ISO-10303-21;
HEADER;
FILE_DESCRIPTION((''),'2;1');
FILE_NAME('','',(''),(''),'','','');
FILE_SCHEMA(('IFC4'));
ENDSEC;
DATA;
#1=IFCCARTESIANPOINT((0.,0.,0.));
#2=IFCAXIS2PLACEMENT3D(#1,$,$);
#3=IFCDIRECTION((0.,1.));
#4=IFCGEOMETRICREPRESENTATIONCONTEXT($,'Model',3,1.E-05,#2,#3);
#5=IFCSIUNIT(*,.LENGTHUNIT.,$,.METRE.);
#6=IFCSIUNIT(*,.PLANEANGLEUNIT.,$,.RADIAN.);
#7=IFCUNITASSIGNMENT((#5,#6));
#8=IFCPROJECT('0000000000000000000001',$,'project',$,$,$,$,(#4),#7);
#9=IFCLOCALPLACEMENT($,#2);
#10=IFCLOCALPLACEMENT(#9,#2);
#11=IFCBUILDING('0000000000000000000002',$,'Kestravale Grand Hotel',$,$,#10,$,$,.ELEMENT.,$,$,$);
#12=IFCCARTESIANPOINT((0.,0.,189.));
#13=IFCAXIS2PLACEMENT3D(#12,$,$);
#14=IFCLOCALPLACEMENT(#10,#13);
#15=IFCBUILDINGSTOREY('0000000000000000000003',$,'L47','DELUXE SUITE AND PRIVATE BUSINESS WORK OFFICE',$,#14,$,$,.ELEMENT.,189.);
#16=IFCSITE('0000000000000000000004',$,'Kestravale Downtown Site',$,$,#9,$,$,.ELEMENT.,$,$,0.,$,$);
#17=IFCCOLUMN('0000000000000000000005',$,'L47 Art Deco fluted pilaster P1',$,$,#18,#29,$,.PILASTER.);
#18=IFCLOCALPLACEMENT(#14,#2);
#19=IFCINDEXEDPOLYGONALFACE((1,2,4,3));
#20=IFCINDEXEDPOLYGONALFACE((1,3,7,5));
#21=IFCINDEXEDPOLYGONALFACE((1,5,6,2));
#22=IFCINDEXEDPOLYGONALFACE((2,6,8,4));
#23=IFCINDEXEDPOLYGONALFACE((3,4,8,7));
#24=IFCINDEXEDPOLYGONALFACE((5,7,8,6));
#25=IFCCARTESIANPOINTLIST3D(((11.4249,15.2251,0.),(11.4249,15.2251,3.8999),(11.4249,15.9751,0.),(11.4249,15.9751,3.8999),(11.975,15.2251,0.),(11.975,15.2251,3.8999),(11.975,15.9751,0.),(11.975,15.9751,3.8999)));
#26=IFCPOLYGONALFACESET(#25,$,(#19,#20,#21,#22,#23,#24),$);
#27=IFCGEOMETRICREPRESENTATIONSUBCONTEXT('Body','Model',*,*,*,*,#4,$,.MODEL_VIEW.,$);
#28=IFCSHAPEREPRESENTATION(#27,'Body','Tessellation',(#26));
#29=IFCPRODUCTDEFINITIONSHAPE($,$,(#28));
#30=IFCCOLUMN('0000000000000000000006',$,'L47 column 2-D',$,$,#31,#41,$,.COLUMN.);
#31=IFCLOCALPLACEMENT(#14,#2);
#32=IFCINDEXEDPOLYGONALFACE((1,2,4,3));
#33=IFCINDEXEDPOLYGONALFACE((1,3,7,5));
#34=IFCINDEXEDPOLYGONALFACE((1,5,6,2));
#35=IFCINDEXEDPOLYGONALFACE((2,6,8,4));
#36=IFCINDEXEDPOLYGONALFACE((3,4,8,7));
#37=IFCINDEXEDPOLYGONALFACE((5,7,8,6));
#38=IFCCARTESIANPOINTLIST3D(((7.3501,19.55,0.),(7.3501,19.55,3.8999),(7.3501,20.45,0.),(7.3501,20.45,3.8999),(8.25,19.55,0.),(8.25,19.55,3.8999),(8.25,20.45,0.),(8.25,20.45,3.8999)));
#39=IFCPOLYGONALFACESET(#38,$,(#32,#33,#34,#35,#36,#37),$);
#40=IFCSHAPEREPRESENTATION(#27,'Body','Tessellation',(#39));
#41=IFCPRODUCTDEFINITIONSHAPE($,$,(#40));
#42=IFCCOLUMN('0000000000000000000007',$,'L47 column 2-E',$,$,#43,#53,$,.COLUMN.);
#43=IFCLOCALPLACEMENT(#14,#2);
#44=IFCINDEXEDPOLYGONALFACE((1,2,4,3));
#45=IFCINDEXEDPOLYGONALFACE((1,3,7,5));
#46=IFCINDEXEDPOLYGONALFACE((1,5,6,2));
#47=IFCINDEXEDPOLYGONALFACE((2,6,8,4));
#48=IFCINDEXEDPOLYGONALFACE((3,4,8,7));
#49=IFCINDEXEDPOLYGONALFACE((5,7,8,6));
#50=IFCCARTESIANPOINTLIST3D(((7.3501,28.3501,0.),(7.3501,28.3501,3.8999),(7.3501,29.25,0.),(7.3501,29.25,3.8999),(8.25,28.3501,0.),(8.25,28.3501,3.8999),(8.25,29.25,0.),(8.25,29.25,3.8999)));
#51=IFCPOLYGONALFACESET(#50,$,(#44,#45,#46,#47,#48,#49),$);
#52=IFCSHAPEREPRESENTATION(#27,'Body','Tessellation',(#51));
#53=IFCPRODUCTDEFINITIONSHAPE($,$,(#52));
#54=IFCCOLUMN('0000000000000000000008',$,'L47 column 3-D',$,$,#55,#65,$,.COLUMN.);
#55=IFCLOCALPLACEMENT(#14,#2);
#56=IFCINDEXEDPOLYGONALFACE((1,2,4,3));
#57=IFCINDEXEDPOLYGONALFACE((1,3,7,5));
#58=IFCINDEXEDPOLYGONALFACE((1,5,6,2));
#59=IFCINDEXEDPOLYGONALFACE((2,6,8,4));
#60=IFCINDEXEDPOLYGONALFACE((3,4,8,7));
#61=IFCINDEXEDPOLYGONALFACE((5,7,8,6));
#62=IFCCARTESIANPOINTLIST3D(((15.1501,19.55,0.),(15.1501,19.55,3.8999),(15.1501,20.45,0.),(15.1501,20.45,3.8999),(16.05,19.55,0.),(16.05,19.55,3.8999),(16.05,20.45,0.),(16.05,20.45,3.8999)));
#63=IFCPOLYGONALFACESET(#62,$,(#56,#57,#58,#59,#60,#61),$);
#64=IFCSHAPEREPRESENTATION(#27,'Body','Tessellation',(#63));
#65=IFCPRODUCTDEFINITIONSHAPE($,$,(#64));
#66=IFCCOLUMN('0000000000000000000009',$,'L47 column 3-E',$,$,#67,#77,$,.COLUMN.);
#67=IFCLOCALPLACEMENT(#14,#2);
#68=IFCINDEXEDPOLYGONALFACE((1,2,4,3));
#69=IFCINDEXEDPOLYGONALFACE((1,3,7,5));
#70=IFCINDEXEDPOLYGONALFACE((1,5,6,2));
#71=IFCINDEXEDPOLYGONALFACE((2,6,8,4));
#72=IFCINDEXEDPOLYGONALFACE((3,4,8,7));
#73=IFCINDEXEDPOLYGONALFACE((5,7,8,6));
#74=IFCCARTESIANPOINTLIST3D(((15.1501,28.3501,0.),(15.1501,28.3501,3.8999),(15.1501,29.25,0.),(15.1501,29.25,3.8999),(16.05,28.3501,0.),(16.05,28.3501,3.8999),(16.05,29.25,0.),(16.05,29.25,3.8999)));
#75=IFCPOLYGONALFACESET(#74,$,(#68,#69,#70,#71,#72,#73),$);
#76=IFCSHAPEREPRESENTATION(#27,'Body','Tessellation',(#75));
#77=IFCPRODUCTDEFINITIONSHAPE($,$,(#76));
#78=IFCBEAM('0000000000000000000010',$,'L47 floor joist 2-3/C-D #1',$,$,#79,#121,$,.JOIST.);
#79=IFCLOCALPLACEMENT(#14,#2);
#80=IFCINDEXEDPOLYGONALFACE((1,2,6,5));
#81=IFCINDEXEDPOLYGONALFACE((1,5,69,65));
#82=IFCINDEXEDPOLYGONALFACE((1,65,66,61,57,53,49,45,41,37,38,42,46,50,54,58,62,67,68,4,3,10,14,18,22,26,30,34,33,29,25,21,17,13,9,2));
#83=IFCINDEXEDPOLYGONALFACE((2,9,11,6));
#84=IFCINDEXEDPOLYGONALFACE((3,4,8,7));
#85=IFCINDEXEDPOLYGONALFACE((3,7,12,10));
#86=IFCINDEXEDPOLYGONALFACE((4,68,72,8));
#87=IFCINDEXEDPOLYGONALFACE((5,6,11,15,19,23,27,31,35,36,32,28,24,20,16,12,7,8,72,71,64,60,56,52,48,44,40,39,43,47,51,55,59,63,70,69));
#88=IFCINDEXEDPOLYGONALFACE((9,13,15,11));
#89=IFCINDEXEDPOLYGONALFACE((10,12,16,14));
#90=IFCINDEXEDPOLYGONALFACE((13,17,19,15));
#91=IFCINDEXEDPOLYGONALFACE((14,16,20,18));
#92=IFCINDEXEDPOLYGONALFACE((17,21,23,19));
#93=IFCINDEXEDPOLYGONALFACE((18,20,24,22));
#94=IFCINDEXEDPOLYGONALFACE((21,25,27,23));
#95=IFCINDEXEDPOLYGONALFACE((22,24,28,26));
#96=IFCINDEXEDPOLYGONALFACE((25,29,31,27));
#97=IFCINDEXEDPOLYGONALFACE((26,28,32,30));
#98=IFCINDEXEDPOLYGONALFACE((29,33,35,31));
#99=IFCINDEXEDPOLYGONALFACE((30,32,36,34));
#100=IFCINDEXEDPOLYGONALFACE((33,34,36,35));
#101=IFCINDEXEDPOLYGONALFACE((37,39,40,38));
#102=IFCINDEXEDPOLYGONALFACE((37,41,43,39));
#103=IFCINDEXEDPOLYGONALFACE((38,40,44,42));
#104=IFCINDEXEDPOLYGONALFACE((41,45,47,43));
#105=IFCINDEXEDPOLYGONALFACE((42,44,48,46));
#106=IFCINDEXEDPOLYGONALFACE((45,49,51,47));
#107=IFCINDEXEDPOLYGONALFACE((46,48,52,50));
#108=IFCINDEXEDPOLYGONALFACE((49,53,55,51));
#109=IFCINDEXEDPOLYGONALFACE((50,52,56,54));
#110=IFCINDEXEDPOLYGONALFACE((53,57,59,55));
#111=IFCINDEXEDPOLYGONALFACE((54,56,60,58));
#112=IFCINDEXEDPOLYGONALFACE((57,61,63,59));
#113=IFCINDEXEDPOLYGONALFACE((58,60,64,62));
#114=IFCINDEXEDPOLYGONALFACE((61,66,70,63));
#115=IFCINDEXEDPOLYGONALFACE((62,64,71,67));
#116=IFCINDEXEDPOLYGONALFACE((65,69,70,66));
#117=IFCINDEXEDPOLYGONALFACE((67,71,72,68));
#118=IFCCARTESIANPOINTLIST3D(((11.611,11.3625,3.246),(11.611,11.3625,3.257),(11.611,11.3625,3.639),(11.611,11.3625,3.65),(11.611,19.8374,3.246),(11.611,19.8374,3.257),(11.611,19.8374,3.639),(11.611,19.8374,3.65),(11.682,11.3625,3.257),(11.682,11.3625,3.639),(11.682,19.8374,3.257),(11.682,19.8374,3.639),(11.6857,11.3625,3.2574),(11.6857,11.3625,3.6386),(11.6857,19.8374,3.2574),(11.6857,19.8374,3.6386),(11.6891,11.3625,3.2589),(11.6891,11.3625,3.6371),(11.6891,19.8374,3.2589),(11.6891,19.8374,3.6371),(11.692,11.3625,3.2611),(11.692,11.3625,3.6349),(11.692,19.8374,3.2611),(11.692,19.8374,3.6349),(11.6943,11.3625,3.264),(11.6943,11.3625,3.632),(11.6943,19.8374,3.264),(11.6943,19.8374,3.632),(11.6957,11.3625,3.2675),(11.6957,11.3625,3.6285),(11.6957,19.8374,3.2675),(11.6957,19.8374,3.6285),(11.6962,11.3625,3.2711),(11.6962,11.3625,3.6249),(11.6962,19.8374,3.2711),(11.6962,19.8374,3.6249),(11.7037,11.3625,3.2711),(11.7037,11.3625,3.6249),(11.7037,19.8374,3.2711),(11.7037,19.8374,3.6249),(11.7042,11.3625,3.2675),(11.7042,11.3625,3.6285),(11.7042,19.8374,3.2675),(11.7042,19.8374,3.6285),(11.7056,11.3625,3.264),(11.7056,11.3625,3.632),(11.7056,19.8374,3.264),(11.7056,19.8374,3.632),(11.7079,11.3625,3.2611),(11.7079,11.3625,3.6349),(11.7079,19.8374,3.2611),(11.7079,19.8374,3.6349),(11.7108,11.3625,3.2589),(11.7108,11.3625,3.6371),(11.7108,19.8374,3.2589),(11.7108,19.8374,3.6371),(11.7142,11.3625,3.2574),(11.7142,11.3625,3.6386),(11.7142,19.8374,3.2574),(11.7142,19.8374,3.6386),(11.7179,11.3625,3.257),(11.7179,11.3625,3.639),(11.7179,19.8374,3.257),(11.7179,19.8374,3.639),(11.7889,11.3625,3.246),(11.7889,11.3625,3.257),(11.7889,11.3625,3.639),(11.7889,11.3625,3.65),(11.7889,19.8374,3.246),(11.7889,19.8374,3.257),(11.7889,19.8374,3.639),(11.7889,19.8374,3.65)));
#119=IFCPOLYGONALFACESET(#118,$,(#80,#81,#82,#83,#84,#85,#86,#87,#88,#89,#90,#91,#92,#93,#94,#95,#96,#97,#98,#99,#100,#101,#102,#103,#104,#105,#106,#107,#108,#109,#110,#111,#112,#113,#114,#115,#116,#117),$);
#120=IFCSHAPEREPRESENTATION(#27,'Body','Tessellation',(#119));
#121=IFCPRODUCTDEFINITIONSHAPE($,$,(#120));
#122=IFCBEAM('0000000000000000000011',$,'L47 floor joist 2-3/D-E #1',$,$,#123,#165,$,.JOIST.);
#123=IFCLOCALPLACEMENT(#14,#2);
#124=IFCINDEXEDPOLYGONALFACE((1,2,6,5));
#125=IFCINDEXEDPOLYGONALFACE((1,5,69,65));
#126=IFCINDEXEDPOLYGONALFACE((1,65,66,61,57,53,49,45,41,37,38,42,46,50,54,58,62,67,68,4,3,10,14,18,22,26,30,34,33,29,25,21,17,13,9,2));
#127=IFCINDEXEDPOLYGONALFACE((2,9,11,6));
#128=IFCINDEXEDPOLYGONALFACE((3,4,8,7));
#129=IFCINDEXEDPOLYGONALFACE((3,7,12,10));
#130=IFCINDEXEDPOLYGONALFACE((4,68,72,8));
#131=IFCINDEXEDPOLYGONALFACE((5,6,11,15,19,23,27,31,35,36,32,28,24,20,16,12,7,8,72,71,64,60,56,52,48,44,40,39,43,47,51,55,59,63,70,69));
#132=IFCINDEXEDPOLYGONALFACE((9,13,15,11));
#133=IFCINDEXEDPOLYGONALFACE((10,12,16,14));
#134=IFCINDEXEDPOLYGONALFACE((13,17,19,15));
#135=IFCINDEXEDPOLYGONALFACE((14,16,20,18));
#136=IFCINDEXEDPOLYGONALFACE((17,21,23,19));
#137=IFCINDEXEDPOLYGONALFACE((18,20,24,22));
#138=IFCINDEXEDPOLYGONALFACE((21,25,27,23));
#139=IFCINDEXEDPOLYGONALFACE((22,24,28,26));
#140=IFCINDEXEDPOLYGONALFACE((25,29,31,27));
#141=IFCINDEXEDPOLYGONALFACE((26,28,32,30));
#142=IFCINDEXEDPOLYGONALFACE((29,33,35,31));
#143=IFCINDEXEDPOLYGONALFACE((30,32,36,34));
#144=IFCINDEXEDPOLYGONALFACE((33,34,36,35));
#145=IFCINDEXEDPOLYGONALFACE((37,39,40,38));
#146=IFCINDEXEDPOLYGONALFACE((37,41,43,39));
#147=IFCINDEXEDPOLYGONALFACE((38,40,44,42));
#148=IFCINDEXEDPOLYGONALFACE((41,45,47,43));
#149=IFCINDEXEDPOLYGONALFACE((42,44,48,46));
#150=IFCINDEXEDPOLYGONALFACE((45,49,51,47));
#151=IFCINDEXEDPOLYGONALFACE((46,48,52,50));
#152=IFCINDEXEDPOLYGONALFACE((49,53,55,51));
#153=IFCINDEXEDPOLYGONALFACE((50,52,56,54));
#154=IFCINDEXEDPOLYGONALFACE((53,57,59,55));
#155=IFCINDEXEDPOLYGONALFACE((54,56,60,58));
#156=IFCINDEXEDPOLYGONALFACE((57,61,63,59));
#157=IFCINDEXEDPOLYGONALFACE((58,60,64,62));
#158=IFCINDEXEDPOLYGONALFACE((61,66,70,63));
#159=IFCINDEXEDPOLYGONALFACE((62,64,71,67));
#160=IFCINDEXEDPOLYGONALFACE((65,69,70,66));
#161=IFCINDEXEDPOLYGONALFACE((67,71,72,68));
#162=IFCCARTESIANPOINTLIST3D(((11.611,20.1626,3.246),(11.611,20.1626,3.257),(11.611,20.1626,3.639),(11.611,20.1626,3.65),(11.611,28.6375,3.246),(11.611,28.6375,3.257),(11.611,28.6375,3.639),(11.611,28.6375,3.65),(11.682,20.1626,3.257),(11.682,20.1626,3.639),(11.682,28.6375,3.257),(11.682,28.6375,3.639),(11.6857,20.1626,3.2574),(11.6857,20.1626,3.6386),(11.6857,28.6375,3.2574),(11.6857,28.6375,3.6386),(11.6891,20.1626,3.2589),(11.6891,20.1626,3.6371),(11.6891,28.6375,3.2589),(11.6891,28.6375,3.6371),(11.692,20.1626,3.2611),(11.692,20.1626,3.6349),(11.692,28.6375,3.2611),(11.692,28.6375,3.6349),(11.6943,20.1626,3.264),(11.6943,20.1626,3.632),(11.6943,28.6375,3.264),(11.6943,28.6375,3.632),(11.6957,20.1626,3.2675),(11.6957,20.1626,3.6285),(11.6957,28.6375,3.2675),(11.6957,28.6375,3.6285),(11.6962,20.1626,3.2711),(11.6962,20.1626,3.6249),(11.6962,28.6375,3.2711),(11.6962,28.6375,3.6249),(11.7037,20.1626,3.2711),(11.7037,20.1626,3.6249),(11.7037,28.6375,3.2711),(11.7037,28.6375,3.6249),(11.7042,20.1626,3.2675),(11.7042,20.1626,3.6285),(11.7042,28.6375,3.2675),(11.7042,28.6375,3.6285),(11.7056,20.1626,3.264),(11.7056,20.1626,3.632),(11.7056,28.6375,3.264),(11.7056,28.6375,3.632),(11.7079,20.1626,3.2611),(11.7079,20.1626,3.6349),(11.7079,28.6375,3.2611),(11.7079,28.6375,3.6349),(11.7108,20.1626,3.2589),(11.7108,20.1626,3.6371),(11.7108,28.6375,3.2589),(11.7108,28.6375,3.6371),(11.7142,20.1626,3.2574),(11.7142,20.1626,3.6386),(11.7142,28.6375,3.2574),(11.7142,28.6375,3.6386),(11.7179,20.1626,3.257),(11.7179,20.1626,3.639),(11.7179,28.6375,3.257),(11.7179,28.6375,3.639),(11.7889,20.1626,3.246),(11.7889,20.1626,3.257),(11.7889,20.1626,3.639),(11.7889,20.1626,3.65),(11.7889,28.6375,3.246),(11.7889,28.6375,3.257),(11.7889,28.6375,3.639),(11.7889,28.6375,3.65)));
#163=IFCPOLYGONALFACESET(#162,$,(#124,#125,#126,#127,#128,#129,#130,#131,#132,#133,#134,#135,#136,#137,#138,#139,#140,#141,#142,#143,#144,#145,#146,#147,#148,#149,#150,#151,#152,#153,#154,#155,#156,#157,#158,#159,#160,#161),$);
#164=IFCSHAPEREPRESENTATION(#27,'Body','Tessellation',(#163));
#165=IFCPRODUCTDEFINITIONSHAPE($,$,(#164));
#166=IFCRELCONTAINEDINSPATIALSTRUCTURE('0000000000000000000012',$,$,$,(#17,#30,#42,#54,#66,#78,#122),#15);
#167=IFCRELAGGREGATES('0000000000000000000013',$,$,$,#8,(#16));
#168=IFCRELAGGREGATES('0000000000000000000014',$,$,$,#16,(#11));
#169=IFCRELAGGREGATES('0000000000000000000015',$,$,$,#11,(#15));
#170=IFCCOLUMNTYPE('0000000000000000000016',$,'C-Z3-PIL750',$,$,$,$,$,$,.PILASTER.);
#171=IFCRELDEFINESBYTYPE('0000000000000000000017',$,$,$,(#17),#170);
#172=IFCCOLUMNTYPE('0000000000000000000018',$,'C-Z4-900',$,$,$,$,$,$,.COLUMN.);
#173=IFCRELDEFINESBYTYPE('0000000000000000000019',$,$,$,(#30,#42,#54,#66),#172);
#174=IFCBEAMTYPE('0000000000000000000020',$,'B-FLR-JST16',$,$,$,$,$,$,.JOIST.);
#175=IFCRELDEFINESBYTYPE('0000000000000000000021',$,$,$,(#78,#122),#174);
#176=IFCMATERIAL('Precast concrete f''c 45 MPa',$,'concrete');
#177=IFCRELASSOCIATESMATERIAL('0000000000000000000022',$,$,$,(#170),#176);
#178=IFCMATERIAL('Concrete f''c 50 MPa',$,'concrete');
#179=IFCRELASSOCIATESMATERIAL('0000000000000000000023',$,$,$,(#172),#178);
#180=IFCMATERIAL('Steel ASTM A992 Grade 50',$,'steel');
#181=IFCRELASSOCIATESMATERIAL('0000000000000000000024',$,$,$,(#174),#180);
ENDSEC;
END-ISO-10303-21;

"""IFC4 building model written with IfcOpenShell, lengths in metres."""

from ifc_helpers import new_model, si_unit, direction, frame, origin, origin_2d, place, context, subcontext, project, spatial, rectangle, i_section, extrude, material, material_profile, profile_set, type_object, element, save


model = new_model("IFC4")

# Units and contexts
model_context = context("Model", 3, precision=1e-05, world=origin(), true_north=direction((0.0, 1.0)))
body_context = subcontext(model_context, "Body", "Model", "MODEL_VIEW")
ifc_project = project(units=[si_unit("LENGTHUNIT", "METRE"), si_unit("PLANEANGLEUNIT", "RADIAN")], contexts=[model_context])

# Site, building, storey
site_placement = place(None, origin())
site = spatial("IfcSite", under=ifc_project, at=site_placement, Name="Kestravale Downtown Site", CompositionType="ELEMENT", RefElevation=0.0)
building_placement = place(site_placement, origin())
building = spatial("IfcBuilding", under=site, at=building_placement, Name="Kestravale Grand Hotel", CompositionType="ELEMENT")
storey_placement = place(building_placement, frame((0.0, 0.0, 189.0)))
storey = spatial("IfcBuildingStorey", under=building, at=storey_placement, Name="L47", Description="DELUXE SUITE AND PRIVATE BUSINESS WORK OFFICE", CompositionType="ELEMENT", Elevation=189.0)

# Columns
ifc_material_1 = material(Name="Precast concrete f'c 45 MPa", Category="concrete")
ifc_material_profile_1 = material_profile(ifc_material_1, rectangle(XDim=0.55, YDim=0.75, at=origin_2d()))
ifc_profile_set_1 = profile_set([ifc_material_profile_1], Name="Precast concrete f'c 45 MPa")
column_type_1 = type_object("IfcColumnType", Name="C-Z3-PIL750", PredefinedType="PILASTER", material=ifc_profile_set_1)
column_placement = place(storey_placement, frame((11.7, 15.6001, 0.0), z_axis=(0.0, 0.0, 1.0), x_axis=(1.0, 0.0, 0.0)))
element("IfcColumn", 1, at=column_placement, inside=storey, type_object=column_type_1, Name="L47 Art Deco fluted pilaster P1", PredefinedType="PILASTER", context=body_context, shape_type="SweptSolid", body=[
    extrude(rectangle(XDim=0.55, YDim=0.75, at=origin_2d()), origin(), (0.0, 0.0, 1.0), 3.8999),
])
ifc_material_2 = material(Name="Concrete f'c 50 MPa", Category="concrete")
ifc_material_profile_2 = material_profile(ifc_material_2, rectangle(XDim=0.8999, YDim=0.8999, at=origin_2d()))
ifc_profile_set_2 = profile_set([ifc_material_profile_2], Name="Concrete f'c 50 MPa")
column_type_2 = type_object("IfcColumnType", Name="C-Z4-900", PredefinedType="COLUMN", material=ifc_profile_set_2)
for number, where, z_axis, x_axis, name in (
    (2, (7.8, 20.0, 0.0), (0.0, 0.0, 1.0), (1.0, 0.0, 0.0), "L47 column 2-D"),
    (3, (7.8, 28.8, 0.0), (0.0, 0.0, 1.0), (1.0, 0.0, 0.0), "L47 column 2-E"),
    (4, (15.6001, 20.0, 0.0), (0.0, 0.0, 1.0), (1.0, 0.0, 0.0), "L47 column 3-D"),
    (5, (15.6001, 28.8, 0.0), (0.0, 0.0, 1.0), (1.0, 0.0, 0.0), "L47 column 3-E"),
):
    element("IfcColumn", number, at=place(storey_placement, frame(where, z_axis=z_axis, x_axis=x_axis)), inside=storey, type_object=column_type_2, Name=name, PredefinedType="COLUMN", context=body_context, shape_type="SweptSolid", body=[
        extrude(rectangle(XDim=0.8999, YDim=0.8999, at=origin_2d()), origin(), (0.0, 0.0, 1.0), 3.8999),
    ])

# Beams
ifc_material_3 = material(Name="Steel ASTM A992 Grade 50", Category="steel")
ifc_material_profile_3 = material_profile(ifc_material_3, i_section(OverallWidth=0.178, OverallDepth=0.4041, WebThickness=0.0076, FlangeThickness=0.011, FilletRadius=0.0142, at=origin_2d()))
ifc_profile_set_3 = profile_set([ifc_material_profile_3], Name="Steel ASTM A992 Grade 50")
beam_type_1 = type_object("IfcBeamType", Name="B-FLR-JST16", PredefinedType="JOIST", material=ifc_profile_set_3)
for number, where, z_axis, x_axis, name in (
    (6, (11.7, 11.3625, 3.448), (0.0, 1.0, 0.0), (-1.0, 0.0, 0.0), "L47 floor joist 2-3/C-D #1"),
    (7, (11.7, 20.1626, 3.448), (0.0, 1.0, 0.0), (-1.0, 0.0, 0.0), "L47 floor joist 2-3/D-E #1"),
):
    element("IfcBeam", number, at=place(storey_placement, frame(where, z_axis=z_axis, x_axis=x_axis)), inside=storey, type_object=beam_type_1, Name=name, PredefinedType="JOIST", context=body_context, shape_type="SweptSolid", body=[
        extrude(i_section(OverallWidth=0.178, OverallDepth=0.4041, WebThickness=0.0076, FlangeThickness=0.011, FilletRadius=0.0142, at=origin_2d()), origin(), (0.0, 0.0, 1.0), 8.4749),
    ])

save(model, "model.ifc")
